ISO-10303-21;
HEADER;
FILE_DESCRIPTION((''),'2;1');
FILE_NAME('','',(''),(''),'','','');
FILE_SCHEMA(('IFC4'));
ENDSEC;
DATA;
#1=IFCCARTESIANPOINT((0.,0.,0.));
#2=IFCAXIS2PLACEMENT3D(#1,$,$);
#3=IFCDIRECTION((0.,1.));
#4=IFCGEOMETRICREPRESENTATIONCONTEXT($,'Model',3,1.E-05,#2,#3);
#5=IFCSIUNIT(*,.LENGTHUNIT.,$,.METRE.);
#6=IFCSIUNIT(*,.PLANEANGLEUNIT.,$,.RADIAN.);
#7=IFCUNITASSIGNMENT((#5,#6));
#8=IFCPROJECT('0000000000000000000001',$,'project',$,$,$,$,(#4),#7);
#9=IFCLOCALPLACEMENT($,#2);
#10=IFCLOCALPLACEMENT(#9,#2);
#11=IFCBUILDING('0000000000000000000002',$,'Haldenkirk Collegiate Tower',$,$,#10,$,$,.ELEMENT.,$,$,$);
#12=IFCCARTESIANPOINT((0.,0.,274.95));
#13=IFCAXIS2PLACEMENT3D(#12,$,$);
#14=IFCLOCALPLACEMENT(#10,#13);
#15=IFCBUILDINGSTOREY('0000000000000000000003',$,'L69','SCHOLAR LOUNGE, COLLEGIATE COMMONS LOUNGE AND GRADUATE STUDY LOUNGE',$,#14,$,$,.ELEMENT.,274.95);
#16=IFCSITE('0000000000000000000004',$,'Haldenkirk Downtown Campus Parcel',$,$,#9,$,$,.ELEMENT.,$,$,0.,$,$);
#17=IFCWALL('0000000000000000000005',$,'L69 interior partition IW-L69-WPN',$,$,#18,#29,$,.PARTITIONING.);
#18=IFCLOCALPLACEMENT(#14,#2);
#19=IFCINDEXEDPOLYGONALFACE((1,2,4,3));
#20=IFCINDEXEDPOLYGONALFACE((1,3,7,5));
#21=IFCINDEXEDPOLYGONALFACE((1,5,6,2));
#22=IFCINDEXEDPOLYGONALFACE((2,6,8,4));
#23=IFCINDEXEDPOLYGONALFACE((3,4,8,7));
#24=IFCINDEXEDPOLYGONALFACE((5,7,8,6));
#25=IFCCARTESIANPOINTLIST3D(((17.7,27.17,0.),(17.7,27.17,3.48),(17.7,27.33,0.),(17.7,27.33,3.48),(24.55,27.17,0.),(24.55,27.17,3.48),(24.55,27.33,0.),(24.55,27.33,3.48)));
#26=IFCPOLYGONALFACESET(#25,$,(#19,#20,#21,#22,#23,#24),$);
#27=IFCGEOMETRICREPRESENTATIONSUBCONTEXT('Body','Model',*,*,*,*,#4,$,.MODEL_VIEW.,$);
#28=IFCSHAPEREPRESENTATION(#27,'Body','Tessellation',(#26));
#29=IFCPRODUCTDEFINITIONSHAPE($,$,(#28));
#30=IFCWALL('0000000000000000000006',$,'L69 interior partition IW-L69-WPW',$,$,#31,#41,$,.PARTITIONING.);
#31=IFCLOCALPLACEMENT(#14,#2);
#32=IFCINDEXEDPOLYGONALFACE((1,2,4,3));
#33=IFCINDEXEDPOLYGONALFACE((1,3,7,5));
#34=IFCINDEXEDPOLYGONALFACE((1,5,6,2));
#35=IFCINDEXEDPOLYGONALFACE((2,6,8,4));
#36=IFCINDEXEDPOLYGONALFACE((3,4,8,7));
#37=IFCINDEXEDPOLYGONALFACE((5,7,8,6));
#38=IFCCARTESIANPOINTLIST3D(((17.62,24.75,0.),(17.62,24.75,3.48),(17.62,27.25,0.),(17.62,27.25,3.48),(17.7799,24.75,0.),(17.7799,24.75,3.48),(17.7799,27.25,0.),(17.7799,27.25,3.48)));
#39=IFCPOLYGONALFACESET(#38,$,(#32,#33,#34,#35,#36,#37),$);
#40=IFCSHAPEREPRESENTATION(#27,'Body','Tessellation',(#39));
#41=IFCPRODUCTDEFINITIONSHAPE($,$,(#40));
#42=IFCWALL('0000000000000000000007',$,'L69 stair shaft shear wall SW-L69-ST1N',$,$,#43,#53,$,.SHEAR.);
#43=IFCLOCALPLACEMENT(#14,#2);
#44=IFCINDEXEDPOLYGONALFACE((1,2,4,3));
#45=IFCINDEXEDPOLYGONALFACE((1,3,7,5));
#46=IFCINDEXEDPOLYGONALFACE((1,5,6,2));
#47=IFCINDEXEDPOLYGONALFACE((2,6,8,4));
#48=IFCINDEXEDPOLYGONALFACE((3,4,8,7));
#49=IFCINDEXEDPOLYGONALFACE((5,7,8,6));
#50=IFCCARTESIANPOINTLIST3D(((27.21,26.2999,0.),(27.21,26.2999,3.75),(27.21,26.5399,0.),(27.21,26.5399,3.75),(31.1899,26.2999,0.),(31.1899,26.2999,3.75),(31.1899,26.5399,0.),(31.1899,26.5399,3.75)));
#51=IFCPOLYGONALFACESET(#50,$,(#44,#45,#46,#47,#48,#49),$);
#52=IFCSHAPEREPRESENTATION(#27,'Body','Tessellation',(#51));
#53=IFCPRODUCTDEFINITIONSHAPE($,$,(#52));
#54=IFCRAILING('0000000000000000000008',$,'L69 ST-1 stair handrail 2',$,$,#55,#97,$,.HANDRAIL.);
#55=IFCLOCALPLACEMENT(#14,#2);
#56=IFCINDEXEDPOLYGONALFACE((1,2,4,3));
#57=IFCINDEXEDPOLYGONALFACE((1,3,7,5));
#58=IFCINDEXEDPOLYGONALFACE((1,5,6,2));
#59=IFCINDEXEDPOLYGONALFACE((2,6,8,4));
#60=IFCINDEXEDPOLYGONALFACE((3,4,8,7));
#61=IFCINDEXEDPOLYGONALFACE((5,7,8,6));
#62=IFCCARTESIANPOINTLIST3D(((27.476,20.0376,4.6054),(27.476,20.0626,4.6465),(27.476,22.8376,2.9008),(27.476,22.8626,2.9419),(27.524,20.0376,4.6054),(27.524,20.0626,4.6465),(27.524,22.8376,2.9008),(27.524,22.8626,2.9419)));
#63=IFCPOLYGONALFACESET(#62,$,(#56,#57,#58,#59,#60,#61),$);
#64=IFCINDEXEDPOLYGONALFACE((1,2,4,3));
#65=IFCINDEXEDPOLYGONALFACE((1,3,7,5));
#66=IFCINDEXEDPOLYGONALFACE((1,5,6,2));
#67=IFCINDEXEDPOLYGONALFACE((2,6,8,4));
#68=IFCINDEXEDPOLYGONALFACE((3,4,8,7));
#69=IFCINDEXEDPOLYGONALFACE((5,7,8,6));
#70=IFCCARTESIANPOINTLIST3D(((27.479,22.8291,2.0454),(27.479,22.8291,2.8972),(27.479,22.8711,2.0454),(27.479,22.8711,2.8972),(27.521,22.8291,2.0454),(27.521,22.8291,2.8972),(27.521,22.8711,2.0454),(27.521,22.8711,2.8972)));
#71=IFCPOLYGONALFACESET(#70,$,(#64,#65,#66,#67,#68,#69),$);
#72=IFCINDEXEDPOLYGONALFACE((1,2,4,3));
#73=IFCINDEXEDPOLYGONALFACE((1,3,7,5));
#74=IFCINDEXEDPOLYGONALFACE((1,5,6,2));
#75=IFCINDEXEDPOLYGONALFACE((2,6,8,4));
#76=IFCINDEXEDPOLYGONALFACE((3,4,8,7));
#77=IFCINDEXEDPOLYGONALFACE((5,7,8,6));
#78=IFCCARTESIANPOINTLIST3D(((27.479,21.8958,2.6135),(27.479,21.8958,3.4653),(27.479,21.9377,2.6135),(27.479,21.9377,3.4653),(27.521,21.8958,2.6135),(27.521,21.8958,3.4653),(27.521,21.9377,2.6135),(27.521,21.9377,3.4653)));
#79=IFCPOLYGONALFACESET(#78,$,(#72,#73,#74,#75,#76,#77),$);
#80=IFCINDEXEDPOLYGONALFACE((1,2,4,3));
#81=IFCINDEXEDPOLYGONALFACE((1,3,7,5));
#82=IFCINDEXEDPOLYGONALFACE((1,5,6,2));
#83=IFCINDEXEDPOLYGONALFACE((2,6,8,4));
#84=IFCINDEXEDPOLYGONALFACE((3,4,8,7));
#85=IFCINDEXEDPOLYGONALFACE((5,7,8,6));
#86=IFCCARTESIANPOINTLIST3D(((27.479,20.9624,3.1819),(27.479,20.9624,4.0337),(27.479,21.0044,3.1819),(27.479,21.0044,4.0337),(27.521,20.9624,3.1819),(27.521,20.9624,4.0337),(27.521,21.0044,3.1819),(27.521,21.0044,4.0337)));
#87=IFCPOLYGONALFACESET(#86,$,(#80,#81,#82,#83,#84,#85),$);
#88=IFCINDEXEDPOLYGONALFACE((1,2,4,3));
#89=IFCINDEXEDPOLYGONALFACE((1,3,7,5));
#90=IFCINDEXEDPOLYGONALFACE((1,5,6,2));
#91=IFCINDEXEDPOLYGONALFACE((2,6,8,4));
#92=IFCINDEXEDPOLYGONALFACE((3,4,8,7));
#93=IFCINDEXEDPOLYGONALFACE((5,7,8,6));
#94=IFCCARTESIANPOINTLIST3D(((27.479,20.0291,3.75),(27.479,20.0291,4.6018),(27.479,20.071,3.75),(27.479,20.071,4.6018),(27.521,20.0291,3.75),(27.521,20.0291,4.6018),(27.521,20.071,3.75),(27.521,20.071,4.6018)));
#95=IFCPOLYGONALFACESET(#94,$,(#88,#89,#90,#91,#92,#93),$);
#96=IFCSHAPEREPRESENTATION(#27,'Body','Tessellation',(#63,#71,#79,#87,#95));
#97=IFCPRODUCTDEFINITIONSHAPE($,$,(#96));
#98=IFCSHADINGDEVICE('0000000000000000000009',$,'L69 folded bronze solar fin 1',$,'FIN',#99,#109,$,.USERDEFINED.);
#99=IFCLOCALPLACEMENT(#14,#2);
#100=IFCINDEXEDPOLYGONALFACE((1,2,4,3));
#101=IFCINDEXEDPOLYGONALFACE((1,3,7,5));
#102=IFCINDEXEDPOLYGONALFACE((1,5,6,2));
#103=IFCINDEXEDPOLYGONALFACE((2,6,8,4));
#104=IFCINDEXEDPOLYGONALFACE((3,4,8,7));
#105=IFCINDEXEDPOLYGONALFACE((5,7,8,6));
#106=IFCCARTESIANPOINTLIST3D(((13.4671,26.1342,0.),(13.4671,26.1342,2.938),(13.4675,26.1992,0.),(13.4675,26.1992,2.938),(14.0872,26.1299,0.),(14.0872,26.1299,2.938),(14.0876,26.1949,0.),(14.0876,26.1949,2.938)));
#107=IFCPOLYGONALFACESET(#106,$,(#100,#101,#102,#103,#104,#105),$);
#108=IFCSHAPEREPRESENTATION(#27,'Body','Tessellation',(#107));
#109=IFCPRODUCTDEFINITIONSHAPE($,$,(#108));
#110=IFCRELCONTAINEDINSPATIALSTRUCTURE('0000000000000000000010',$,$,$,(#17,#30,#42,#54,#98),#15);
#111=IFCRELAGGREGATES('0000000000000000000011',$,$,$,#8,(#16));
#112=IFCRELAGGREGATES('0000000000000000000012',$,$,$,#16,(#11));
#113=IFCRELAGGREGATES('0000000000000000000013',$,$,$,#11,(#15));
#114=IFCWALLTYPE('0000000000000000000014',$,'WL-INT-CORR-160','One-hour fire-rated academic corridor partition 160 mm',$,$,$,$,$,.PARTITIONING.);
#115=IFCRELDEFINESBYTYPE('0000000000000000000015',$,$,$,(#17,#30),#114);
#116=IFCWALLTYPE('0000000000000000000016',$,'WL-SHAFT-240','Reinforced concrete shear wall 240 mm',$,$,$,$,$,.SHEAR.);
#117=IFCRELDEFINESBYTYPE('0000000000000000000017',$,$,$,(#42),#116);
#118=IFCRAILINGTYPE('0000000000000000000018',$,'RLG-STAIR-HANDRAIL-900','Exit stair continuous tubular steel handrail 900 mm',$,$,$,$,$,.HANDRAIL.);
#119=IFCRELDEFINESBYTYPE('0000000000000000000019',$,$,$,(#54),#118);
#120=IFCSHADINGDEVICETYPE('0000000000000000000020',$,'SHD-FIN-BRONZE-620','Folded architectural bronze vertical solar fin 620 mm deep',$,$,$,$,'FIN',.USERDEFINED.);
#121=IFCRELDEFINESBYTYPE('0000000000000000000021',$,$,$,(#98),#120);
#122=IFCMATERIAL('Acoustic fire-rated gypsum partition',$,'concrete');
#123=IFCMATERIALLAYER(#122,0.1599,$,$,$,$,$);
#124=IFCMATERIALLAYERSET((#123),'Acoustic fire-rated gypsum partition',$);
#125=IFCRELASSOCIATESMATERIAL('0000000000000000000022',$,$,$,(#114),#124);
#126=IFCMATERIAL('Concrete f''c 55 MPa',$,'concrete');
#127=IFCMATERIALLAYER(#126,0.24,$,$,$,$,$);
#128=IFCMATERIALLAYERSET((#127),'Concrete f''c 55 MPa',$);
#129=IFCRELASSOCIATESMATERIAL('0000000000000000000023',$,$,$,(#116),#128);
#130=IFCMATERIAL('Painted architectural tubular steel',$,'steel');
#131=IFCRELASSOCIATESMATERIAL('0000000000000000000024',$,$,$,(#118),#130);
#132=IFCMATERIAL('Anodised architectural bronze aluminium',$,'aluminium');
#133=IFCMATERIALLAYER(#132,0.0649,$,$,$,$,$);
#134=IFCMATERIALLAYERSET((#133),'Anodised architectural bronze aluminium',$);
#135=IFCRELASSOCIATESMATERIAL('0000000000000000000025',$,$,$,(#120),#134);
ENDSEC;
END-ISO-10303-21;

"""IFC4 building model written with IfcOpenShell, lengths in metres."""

from ifc_helpers import new_model, si_unit, direction, frame, frame_2d, origin, origin_2d, place, context, subcontext, project, spatial, rectangle, extrude, source, transform, mapped, material, layer, layer_set, type_object, element, save


model = new_model("IFC4")

# Units and contexts
model_context = context("Model", 3, precision=1e-05, world=origin(), true_north=direction((0.0, 1.0)))
body_context = subcontext(model_context, "Body", "Model", "MODEL_VIEW")
ifc_project = project(units=[si_unit("LENGTHUNIT", "METRE"), si_unit("PLANEANGLEUNIT", "RADIAN")], contexts=[model_context])

# Site, building, storey
site_placement = place(None, origin())
site = spatial("IfcSite", under=ifc_project, at=site_placement, Name="Haldenkirk Downtown Campus Parcel", CompositionType="ELEMENT", RefElevation=0.0)
building_placement = place(site_placement, origin())
building = spatial("IfcBuilding", under=site, at=building_placement, Name="Haldenkirk Collegiate Tower", CompositionType="ELEMENT")
storey_placement = place(building_placement, frame((0.0, 0.0, 274.95)))
storey = spatial("IfcBuildingStorey", under=building, at=storey_placement, Name="L69", Description="SCHOLAR LOUNGE, COLLEGIATE COMMONS LOUNGE AND GRADUATE STUDY LOUNGE", CompositionType="ELEMENT", Elevation=274.95)

# Shared definitions
ifc_material_1 = material(Name="Anodised architectural bronze aluminium", Category="aluminium")

# Shared definitions
ifc_material_2 = material(Name="Acoustic fire-rated gypsum partition", Category="concrete")
ifc_layer_1 = layer(ifc_material_2, 0.1599)
ifc_layer_set_1 = layer_set([ifc_layer_1], Name="Acoustic fire-rated gypsum partition")
wall_type_1 = type_object("IfcWallType", Name="WL-INT-CORR-160", Description="One-hour fire-rated academic corridor partition 160 mm", PredefinedType="PARTITIONING", material=ifc_layer_set_1)

# Walls
for number, where, z_axis, x_axis, name in (
    (1, (17.7, 27.25, 0.0), (0.0, 0.0, 1.0), (1.0, 0.0, 0.0), "L69 interior partition IW-L69-WPN"),
):
    element("IfcWall", number, at=place(storey_placement, frame(where, z_axis=z_axis, x_axis=x_axis)), inside=storey, type_object=wall_type_1, Name=name, PredefinedType="PARTITIONING", context=body_context, shape_type="SweptSolid", body=[
        extrude(rectangle(XDim=6.8501, YDim=0.1599, at=frame_2d((3.425, 0.0))), origin(), (0.0, 0.0, 1.0), 3.48),
    ])
wall_1_placement = place(storey_placement, frame((17.7, 24.75, 0.0), z_axis=(0.0, 0.0, 1.0), x_axis=(0.0, 1.0, 0.0)))
element("IfcWall", 2, at=wall_1_placement, inside=storey, type_object=wall_type_1, Name="L69 interior partition IW-L69-WPW", PredefinedType="PARTITIONING", context=body_context, shape_type="SweptSolid", body=[
    extrude(rectangle(XDim=2.5, YDim=0.1599, at=frame_2d((1.25, 0.0))), origin(), (0.0, 0.0, 1.0), 3.48),
])
ifc_material_3 = material(Name="Concrete f'c 55 MPa", Category="concrete")
ifc_layer_2 = layer(ifc_material_3, 0.24)
ifc_layer_set_2 = layer_set([ifc_layer_2], Name="Concrete f'c 55 MPa")
wall_type_2 = type_object("IfcWallType", Name="WL-SHAFT-240", Description="Reinforced concrete shear wall 240 mm", PredefinedType="SHEAR", material=ifc_layer_set_2)
wall_2_placement = place(storey_placement, frame((27.21, 26.4199, 0.0), z_axis=(0.0, 0.0, 1.0), x_axis=(1.0, 0.0, 0.0)))
element("IfcWall", 3, at=wall_2_placement, inside=storey, type_object=wall_type_2, Name="L69 stair shaft shear wall SW-L69-ST1N", PredefinedType="SHEAR", context=body_context, shape_type="SweptSolid", body=[
    extrude(rectangle(XDim=3.98, YDim=0.24, at=frame_2d((1.99, 0.0))), origin(), (0.0, 0.0, 1.0), 3.75),
])

# Railing
ifc_material_4 = material(Name="Painted architectural tubular steel", Category="steel")
railing_type = type_object("IfcRailingType", Name="RLG-STAIR-HANDRAIL-900", Description="Exit stair continuous tubular steel handrail 900 mm", PredefinedType="HANDRAIL", material=ifc_material_4)
railing_placement = place(storey_placement, frame((27.5, 22.8501, 2.0454)))
element("IfcRailing", 4, at=railing_placement, inside=storey, type_object=railing_type, Name="L69 ST-1 stair handrail 2", PredefinedType="HANDRAIL", context=body_context, shape_type="SweptSolid", body=[
    extrude(rectangle(XDim=0.0481, YDim=0.0481, at=origin_2d()), frame((0.0, 0.0, 0.876), z_axis=(0.0, -0.85417, 0.519994), x_axis=(1.0, 0.0, 0.0)), (0.0, 0.0, 1.0), 3.2781),
    extrude(rectangle(XDim=0.042, YDim=0.042, at=origin_2d()), origin(), (0.0, 0.0, 1.0), 0.8518),
    extrude(rectangle(XDim=0.042, YDim=0.042, at=origin_2d()), frame((0.0, -0.9333, 0.5681)), (0.0, 0.0, 1.0), 0.8518),
    extrude(rectangle(XDim=0.042, YDim=0.042, at=origin_2d()), frame((0.0, -1.8667, 1.1365)), (0.0, 0.0, 1.0), 0.8518),
    extrude(rectangle(XDim=0.042, YDim=0.042, at=origin_2d()), frame((0.0, -2.8, 1.7046)), (0.0, 0.0, 1.0), 0.8518),
])

# Shading device
ifc_layer_3 = layer(ifc_material_1, 0.0649)
ifc_layer_set_3 = layer_set([ifc_layer_3], Name="Anodised architectural bronze aluminium")
shading_device_type = type_object("IfcShadingDeviceType", Name="SHD-FIN-BRONZE-620", Description="Folded architectural bronze vertical solar fin 620 mm deep", ElementType="FIN", PredefinedType="USERDEFINED", material=ifc_layer_set_3)
shared_shape_1 = source(origin(), body_context, "Body", "SweptSolid", [
    extrude(rectangle(XDim=0.6201, YDim=0.0649, at=origin_2d()), origin(), (0.0, 0.0, 1.0), 2.938),
])
shading_device_placement = place(storey_placement, frame((13.7773, 26.1646, 0.0), z_axis=(0.0, 0.0, 1.0), x_axis=(-0.999976, 0.006981, 0.0)))
element("IfcShadingDevice", 5, at=shading_device_placement, inside=storey, type_object=shading_device_type, Name="L69 folded bronze solar fin 1", ObjectType="FIN", PredefinedType="USERDEFINED", context=body_context, shape_type="MappedRepresentation", body=[
    mapped(shared_shape_1, transform((0.0, 0.0, 0.0), x_axis=(1.0, 0.0, 0.0), y_axis=(0.0, 1.0, 0.0), z_axis=(0.0, 0.0, 1.0), scale=1.0)),
])

save(model, "model.ifc")
